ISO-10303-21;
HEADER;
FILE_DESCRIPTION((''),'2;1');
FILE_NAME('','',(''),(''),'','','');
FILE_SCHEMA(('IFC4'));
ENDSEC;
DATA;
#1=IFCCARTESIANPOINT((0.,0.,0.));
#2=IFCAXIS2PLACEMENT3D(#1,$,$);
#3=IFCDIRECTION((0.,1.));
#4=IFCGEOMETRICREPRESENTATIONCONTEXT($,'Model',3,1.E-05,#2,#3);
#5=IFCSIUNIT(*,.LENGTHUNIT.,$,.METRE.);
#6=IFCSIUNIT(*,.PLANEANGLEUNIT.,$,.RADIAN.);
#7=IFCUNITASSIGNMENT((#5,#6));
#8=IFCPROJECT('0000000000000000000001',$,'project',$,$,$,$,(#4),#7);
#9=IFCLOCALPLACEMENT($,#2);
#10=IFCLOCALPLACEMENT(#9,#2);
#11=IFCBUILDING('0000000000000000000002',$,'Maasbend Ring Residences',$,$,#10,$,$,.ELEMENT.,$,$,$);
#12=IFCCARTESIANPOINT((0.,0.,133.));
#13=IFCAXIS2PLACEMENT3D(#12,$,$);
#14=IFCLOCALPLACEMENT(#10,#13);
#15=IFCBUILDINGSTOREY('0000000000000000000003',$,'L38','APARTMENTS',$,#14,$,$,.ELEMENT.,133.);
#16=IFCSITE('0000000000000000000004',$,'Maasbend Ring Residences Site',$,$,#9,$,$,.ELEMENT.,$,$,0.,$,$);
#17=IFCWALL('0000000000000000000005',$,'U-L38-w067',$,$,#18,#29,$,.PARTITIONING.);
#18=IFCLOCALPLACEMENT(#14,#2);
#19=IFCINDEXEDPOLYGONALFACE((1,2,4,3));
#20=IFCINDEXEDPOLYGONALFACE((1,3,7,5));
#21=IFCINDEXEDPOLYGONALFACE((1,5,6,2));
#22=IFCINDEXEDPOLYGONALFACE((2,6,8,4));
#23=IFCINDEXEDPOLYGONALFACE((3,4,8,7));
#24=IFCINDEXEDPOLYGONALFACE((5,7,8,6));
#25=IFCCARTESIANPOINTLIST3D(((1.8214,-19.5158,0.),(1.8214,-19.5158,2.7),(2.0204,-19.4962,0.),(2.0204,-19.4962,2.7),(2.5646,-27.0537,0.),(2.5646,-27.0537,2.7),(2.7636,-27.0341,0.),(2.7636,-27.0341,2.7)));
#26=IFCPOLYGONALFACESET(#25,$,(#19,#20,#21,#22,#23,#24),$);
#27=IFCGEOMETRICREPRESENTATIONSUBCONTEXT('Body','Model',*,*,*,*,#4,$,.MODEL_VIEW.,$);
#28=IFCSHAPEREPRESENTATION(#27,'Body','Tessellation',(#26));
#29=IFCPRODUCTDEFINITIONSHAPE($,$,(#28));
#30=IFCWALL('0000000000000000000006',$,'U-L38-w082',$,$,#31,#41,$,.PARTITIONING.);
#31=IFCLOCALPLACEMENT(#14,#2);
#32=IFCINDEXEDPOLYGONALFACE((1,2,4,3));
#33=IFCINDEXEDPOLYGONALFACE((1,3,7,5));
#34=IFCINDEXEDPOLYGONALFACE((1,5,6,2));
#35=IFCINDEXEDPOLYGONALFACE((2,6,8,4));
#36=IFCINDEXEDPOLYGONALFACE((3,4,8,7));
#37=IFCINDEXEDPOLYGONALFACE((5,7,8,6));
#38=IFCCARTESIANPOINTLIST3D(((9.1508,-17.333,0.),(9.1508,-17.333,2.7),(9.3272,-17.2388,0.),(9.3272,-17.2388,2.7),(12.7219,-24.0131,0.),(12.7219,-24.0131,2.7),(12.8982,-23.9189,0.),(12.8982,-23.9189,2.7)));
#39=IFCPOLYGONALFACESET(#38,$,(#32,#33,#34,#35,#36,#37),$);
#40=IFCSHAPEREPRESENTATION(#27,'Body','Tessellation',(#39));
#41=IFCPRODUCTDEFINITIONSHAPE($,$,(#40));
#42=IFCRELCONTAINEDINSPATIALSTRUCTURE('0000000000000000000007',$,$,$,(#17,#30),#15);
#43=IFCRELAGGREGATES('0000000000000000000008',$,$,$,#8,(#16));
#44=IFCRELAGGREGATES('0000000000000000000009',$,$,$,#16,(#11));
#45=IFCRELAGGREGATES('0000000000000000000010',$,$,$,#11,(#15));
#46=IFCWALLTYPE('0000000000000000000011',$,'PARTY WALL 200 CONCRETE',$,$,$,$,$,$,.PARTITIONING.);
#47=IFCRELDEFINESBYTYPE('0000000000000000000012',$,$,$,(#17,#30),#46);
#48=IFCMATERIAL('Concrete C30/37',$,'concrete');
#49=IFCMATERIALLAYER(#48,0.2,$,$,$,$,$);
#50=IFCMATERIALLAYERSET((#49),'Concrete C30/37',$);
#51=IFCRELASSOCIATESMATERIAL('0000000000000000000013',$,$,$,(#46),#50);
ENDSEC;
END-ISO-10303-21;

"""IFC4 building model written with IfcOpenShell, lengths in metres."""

from ifc_helpers import new_model, si_unit, direction, frame, frame_2d, origin, place, context, subcontext, project, spatial, rectangle, extrude, material, layer, layer_set, type_object, element, save


model = new_model("IFC4")

# Units and contexts
model_context = context("Model", 3, precision=1e-05, world=origin(), true_north=direction((0.0, 1.0)))
body_context = subcontext(model_context, "Body", "Model", "MODEL_VIEW")
ifc_project = project(units=[si_unit("LENGTHUNIT", "METRE"), si_unit("PLANEANGLEUNIT", "RADIAN")], contexts=[model_context])

# Site, building, storey
site_placement = place(None, origin())
site = spatial("IfcSite", under=ifc_project, at=site_placement, Name="Maasbend Ring Residences Site", CompositionType="ELEMENT", RefElevation=0.0)
building_placement = place(site_placement, origin())
building = spatial("IfcBuilding", under=site, at=building_placement, Name="Maasbend Ring Residences", CompositionType="ELEMENT")
storey_placement = place(building_placement, frame((0.0, 0.0, 133.0)))
storey = spatial("IfcBuildingStorey", under=building, at=storey_placement, Name="L38", Description="APARTMENTS", CompositionType="ELEMENT", Elevation=133.0)

# Walls
ifc_material_1 = material(Name="Concrete C30/37", Category="concrete")
ifc_layer_1 = layer(ifc_material_1, 0.2)
ifc_layer_set_1 = layer_set([ifc_layer_1], Name="Concrete C30/37")
wall_type_1 = type_object("IfcWallType", Name="PARTY WALL 200 CONCRETE", PredefinedType="PARTITIONING", material=ifc_layer_set_1)
wall_1_placement = place(storey_placement, frame((1.9209, -19.5061, 0.0), z_axis=(0.0, 0.0, 1.0), x_axis=(0.098115, -0.995175, 0.0)))
element("IfcWall", 1, at=wall_1_placement, inside=storey, type_object=wall_type_1, Name="U-L38-w067", PredefinedType="PARTITIONING", context=body_context, shape_type="SweptSolid", body=[
    extrude(rectangle(XDim=7.5745, YDim=0.2, at=frame_2d((3.7871, 0.0))), origin(), (0.0, 0.0, 1.0), 2.7),
])
wall_2_placement = place(storey_placement, frame((9.239, -17.2859, 0.0), z_axis=(0.0, 0.0, 1.0), x_axis=(0.47144, -0.881898, 0.0)))
element("IfcWall", 2, at=wall_2_placement, inside=storey, type_object=wall_type_1, Name="U-L38-w082", PredefinedType="PARTITIONING", context=body_context, shape_type="SweptSolid", body=[
    extrude(rectangle(XDim=7.5747, YDim=0.2, at=frame_2d((3.7874, 0.0))), origin(), (0.0, 0.0, 1.0), 2.7),
])

save(model, "model.ifc")
